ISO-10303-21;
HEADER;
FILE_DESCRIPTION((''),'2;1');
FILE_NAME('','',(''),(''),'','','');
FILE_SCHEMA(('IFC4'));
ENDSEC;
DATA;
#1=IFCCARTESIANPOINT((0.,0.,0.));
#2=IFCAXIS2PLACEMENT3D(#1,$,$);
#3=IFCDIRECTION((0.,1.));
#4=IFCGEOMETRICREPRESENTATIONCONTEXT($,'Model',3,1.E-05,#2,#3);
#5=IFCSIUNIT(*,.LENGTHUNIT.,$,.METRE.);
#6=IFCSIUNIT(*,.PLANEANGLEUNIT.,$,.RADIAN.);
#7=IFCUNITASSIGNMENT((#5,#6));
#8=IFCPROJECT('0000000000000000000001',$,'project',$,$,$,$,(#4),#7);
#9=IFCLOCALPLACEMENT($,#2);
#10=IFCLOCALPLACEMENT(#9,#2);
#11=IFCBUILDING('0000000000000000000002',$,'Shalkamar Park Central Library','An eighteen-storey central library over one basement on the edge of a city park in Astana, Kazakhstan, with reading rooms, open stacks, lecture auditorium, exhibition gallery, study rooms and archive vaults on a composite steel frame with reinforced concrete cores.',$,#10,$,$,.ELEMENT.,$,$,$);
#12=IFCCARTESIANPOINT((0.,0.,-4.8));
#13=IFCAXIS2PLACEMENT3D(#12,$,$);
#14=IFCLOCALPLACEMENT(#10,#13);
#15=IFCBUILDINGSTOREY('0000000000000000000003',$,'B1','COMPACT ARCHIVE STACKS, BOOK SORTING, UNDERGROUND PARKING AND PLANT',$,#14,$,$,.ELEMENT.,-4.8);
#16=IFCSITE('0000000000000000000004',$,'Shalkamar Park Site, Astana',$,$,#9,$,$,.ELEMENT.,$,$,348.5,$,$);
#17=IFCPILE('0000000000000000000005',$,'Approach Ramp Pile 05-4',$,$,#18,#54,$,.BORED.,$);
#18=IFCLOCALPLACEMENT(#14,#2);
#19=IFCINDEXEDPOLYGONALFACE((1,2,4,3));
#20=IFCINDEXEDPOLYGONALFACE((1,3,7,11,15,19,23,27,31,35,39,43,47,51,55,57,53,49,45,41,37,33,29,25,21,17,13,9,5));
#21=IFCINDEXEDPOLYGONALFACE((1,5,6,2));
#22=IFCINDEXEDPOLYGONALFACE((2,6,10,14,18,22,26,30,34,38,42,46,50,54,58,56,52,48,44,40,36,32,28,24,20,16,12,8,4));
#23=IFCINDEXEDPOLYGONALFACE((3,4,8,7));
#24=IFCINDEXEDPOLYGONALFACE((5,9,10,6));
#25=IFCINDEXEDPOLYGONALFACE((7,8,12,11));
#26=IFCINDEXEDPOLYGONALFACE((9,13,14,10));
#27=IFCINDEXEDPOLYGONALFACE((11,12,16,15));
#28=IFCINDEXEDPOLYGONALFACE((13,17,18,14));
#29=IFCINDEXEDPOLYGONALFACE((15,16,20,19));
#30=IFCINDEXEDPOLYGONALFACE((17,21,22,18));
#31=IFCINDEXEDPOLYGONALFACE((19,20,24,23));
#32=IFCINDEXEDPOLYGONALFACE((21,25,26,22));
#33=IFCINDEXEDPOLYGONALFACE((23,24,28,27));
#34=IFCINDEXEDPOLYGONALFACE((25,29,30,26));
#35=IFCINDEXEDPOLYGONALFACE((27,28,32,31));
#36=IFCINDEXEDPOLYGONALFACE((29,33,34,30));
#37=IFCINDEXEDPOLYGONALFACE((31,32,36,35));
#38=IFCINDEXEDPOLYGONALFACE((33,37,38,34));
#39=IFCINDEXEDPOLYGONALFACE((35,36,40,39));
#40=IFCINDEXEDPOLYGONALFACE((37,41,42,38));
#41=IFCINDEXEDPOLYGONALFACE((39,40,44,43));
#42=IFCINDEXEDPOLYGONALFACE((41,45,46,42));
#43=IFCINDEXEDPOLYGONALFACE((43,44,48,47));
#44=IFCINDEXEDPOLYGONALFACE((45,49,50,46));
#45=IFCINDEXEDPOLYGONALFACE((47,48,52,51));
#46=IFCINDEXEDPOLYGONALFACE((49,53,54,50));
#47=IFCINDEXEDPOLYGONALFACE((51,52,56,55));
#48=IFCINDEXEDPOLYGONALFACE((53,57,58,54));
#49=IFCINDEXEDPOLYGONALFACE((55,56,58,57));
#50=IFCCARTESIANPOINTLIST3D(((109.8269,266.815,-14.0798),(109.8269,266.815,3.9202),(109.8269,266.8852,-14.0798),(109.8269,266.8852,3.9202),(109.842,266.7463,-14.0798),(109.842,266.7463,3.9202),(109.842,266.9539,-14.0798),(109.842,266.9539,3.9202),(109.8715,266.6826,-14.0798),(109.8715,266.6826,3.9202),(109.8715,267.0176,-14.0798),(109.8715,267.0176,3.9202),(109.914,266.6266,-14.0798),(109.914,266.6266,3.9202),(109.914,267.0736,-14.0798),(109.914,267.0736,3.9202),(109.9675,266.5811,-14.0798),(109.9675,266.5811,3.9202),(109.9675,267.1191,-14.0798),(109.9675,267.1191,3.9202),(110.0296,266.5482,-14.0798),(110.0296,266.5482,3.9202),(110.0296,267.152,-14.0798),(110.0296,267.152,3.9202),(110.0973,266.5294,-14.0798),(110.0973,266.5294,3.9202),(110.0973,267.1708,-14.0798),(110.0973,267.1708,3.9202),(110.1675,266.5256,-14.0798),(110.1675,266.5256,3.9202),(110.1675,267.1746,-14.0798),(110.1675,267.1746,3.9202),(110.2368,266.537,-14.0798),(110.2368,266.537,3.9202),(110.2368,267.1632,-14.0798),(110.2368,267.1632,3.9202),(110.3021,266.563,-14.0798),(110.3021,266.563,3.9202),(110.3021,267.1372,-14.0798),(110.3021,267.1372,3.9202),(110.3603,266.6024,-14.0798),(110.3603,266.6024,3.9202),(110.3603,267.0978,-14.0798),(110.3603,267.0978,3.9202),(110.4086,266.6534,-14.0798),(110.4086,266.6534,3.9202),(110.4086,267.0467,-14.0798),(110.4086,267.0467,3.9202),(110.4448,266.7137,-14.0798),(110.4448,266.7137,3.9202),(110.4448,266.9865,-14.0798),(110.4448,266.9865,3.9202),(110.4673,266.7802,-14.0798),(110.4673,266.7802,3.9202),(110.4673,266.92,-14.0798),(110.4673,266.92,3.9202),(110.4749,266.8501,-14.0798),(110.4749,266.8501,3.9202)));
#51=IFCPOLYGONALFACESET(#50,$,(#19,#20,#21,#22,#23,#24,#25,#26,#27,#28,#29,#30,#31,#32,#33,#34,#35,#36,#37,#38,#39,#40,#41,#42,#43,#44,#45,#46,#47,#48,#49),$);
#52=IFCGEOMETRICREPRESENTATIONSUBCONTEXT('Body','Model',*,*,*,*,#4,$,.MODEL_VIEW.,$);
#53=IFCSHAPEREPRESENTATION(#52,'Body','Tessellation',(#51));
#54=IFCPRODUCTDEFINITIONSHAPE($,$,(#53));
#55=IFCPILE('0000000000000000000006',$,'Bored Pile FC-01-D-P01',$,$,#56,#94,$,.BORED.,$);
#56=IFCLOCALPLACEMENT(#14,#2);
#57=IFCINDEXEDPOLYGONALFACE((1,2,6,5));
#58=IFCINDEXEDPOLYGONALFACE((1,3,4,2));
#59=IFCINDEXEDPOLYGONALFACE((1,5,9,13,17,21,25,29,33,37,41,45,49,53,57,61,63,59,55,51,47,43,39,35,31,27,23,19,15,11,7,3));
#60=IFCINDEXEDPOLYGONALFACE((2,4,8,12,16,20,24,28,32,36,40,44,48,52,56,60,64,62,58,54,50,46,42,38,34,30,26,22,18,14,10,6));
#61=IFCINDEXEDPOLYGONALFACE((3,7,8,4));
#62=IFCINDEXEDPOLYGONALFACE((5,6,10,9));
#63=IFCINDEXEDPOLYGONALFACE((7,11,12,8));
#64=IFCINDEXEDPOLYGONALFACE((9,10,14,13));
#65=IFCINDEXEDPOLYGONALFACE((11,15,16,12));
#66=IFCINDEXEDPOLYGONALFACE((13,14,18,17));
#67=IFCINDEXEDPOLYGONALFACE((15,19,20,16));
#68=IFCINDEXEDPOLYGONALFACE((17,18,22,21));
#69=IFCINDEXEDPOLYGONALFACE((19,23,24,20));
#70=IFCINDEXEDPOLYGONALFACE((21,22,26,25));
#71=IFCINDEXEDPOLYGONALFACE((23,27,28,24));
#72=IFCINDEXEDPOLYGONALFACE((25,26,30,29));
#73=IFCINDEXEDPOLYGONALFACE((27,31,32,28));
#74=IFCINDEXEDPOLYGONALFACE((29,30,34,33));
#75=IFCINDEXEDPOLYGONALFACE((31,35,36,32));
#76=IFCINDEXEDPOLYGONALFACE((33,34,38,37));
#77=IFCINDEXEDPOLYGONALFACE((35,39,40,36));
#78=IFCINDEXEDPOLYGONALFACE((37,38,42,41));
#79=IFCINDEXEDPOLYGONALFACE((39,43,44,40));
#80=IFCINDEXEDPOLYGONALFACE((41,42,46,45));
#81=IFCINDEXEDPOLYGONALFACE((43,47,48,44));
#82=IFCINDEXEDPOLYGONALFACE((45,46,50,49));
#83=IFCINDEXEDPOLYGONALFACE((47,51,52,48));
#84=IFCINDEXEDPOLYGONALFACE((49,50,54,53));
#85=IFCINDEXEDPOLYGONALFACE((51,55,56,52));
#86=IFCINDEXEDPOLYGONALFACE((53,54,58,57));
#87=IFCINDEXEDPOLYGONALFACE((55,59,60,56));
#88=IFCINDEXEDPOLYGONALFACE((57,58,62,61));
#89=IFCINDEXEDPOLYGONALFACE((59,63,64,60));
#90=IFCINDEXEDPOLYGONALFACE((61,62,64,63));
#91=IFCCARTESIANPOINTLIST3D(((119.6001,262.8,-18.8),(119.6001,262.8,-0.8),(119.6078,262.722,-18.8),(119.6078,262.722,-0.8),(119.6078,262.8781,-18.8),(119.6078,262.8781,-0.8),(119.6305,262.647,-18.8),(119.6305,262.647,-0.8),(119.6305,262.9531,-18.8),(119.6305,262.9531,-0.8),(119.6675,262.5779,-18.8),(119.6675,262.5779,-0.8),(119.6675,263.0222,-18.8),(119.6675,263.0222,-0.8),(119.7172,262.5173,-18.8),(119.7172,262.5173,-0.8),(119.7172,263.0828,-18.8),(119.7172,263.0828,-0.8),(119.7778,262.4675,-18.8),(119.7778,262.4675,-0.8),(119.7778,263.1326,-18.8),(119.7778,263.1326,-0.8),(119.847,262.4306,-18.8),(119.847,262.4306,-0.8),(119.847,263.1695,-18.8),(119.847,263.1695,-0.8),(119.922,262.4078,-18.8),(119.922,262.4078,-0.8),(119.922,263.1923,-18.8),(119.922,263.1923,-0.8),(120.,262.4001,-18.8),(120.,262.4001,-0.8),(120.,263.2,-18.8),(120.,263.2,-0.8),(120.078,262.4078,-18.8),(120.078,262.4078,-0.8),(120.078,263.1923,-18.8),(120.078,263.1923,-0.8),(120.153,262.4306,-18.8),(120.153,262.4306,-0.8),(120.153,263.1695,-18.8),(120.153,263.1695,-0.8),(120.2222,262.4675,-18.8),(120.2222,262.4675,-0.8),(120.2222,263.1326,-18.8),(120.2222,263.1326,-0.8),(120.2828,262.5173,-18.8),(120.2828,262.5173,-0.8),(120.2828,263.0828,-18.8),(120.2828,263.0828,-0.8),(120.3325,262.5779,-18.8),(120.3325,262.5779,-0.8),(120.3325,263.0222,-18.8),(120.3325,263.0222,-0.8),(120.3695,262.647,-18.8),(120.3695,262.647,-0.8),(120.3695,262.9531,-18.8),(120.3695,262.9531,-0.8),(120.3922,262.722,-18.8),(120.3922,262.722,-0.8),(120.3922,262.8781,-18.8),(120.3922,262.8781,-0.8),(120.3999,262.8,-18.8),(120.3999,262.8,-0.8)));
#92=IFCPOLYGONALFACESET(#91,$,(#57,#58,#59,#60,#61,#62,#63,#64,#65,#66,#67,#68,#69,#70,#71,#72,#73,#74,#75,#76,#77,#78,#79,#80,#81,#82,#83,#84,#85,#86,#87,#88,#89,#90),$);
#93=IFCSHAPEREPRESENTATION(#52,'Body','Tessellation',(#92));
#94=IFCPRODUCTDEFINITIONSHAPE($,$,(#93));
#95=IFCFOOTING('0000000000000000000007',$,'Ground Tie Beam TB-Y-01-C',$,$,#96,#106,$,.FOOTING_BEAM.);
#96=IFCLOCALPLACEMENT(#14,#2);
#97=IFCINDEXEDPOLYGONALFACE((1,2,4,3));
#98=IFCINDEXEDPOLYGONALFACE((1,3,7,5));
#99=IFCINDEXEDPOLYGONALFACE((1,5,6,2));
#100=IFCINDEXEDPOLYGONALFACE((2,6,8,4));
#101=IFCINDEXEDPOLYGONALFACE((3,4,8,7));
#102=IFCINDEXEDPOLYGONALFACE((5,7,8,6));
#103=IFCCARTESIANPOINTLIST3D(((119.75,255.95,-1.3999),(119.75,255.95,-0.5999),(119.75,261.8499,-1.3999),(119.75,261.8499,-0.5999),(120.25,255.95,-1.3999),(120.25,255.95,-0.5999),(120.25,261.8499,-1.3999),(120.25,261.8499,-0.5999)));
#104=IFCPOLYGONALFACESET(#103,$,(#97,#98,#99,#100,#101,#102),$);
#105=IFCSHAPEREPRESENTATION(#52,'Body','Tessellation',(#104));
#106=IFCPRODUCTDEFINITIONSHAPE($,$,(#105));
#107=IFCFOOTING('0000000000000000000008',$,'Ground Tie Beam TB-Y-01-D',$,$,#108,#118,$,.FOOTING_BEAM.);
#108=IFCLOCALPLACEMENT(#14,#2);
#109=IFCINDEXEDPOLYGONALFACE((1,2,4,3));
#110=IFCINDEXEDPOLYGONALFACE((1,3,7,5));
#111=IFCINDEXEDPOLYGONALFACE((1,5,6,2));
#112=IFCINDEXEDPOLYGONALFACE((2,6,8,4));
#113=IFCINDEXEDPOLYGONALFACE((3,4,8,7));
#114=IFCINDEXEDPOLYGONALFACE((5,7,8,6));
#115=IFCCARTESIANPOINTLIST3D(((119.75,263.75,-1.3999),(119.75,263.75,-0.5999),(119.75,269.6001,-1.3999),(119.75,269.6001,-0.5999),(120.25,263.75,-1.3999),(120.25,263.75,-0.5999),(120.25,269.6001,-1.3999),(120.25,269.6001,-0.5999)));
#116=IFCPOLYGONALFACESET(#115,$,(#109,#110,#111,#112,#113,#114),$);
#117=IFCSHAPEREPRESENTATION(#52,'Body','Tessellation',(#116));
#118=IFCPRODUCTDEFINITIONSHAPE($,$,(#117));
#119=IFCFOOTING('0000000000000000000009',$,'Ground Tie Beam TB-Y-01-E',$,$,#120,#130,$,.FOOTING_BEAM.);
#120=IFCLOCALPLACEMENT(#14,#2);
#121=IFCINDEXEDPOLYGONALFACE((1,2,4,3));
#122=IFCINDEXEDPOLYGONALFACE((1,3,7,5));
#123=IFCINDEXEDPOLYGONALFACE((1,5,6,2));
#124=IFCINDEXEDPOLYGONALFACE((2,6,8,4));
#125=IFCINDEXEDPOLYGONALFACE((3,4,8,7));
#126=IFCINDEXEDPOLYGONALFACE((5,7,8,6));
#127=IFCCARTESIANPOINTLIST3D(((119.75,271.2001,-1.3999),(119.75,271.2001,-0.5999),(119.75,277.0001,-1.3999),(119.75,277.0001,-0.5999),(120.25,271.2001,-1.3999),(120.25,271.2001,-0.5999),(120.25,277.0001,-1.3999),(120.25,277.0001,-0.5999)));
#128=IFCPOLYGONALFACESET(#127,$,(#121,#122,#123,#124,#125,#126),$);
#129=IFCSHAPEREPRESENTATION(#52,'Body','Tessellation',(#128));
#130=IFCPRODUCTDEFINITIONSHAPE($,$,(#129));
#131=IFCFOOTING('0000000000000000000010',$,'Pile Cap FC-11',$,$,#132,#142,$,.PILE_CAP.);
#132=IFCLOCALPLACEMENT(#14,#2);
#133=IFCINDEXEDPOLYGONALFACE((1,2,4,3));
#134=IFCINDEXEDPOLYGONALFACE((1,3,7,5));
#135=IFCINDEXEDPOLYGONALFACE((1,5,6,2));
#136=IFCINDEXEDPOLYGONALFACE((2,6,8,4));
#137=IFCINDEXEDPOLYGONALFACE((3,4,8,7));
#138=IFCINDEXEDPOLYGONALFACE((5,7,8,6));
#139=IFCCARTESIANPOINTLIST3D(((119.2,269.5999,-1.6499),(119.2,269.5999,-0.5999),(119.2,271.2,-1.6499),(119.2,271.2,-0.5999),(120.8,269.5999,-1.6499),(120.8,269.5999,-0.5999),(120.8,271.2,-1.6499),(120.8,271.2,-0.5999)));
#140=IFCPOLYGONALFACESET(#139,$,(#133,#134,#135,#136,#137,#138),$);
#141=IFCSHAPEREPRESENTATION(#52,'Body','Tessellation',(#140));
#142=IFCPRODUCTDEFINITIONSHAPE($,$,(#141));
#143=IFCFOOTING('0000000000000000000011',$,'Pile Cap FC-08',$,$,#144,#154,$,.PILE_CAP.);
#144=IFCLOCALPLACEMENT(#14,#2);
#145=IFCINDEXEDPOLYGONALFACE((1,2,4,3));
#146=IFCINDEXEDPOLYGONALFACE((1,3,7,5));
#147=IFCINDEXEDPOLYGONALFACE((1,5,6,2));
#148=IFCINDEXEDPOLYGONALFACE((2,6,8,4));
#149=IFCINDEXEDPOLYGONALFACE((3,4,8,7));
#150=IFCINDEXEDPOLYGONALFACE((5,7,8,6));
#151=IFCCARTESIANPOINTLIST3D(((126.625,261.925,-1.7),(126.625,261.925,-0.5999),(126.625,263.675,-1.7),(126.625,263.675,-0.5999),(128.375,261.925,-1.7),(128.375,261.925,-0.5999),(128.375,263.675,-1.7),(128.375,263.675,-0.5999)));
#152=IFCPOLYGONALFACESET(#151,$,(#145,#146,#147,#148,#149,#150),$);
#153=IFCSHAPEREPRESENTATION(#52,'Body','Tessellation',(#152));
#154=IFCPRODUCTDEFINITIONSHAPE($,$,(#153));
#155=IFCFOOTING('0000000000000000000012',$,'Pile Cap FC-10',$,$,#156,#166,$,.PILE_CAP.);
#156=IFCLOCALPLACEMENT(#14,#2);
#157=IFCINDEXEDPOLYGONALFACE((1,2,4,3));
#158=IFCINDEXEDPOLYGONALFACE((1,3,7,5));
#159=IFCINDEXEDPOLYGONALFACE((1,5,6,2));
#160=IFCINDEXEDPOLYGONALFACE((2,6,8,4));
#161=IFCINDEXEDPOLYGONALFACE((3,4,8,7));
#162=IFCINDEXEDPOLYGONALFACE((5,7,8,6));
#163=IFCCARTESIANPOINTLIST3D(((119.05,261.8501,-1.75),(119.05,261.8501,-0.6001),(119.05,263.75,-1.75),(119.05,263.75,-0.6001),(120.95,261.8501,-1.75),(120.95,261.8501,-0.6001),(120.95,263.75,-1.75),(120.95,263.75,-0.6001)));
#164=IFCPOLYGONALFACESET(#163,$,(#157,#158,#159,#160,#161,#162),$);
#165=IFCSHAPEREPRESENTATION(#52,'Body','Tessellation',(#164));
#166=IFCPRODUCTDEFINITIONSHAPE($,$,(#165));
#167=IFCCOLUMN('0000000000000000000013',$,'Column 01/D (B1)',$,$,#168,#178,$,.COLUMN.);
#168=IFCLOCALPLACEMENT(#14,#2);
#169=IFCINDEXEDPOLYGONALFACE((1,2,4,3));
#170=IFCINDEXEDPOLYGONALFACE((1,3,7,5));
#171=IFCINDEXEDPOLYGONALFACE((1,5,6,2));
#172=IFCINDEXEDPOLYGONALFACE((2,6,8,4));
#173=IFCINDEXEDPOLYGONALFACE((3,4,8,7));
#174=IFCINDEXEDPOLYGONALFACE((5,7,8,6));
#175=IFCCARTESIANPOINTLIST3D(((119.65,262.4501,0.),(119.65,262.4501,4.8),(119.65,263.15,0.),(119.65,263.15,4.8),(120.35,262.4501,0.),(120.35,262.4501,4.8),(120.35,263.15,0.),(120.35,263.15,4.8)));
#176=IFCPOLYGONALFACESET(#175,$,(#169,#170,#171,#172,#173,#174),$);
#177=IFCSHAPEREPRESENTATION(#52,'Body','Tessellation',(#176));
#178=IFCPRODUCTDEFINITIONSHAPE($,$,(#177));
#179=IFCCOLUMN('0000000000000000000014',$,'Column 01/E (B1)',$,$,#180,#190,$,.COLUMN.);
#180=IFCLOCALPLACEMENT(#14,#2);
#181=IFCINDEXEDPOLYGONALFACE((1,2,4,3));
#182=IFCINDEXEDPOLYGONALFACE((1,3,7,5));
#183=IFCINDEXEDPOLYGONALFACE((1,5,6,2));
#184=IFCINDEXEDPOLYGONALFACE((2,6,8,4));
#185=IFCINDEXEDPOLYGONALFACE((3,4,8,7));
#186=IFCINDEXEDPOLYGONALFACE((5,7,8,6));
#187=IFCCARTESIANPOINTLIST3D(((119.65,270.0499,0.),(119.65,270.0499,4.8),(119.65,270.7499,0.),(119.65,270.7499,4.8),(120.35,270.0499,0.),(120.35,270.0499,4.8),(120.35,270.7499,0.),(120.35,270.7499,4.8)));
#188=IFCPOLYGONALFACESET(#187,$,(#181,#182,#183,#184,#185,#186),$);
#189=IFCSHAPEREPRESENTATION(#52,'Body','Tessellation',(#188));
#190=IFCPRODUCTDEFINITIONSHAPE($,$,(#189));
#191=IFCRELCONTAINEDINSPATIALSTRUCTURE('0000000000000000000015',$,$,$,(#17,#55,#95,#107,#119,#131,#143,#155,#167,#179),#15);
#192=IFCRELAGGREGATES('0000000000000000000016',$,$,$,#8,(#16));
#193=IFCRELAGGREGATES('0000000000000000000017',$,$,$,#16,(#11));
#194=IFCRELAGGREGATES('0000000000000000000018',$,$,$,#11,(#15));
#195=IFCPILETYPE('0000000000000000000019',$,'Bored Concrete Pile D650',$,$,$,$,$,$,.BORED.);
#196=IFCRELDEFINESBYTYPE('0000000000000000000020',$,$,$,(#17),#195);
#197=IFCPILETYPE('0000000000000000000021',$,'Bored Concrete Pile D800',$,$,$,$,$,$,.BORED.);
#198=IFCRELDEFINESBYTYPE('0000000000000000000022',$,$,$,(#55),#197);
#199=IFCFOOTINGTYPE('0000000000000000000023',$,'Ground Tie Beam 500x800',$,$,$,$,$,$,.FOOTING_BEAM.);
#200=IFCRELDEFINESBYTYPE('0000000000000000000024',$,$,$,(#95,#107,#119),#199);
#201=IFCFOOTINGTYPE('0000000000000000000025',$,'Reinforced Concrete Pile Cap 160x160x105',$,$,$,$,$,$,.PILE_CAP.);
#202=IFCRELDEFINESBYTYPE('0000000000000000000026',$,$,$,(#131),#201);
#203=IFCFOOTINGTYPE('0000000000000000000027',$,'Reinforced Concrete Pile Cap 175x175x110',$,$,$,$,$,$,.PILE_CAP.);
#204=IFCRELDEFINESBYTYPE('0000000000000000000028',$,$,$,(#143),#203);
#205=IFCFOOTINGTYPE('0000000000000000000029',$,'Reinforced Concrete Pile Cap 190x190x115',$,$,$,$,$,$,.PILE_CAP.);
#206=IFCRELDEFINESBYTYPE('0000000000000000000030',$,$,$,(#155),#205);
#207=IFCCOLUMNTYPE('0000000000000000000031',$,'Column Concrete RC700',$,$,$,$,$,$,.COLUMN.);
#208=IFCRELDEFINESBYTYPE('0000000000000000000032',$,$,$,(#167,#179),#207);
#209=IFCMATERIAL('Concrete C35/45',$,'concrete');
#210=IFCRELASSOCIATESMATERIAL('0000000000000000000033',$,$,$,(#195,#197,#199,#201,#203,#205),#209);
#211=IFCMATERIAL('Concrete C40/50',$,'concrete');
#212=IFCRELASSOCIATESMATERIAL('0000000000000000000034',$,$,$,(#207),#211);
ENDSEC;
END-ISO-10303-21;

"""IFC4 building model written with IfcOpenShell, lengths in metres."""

from ifc_helpers import new_model, si_unit, direction, frame, origin, origin_2d, place, context, subcontext, project, spatial, rectangle, circle, extrude, material, material_profile, profile_set, type_object, element, save


model = new_model("IFC4")

# Units and contexts
model_context = context("Model", 3, precision=1e-05, world=origin(), true_north=direction((0.0, 1.0)))
body_context = subcontext(model_context, "Body", "Model", "MODEL_VIEW")
ifc_project = project(units=[si_unit("LENGTHUNIT", "METRE"), si_unit("PLANEANGLEUNIT", "RADIAN")], contexts=[model_context])

# Site, building, storey
site_placement = place(None, origin())
site = spatial("IfcSite", under=ifc_project, at=site_placement, Name="Shalkamar Park Site, Astana", CompositionType="ELEMENT", RefElevation=348.5)
building_placement = place(site_placement, origin())
building = spatial("IfcBuilding", under=site, at=building_placement, Name="Shalkamar Park Central Library", Description="An eighteen-storey central library over one basement on the edge of a city park in Astana, Kazakhstan, with reading rooms, open stacks, lecture auditorium, exhibition gallery, study rooms and archive vaults on a composite steel frame with reinforced concrete cores.", CompositionType="ELEMENT")
storey_placement = place(building_placement, frame((0.0, 0.0, -4.8)))
storey = spatial("IfcBuildingStorey", under=building, at=storey_placement, Name="B1", Description="COMPACT ARCHIVE STACKS, BOOK SORTING, UNDERGROUND PARKING AND PLANT", CompositionType="ELEMENT", Elevation=-4.8)

# Piles
ifc_material_1 = material(Name="Concrete C35/45", Category="concrete")
ifc_material_profile_1 = material_profile(ifc_material_1, circle(Radius=0.325, at=origin_2d()), Name="PILE D650")
ifc_profile_set_1 = profile_set([ifc_material_profile_1], Name="Concrete C35/45")
pile_type_1 = type_object("IfcPileType", Name="Bored Concrete Pile D650", PredefinedType="BORED", material=ifc_profile_set_1)
for number, where, z_axis, x_axis, name in (
    (1, (110.1499, 266.8501, 3.9202), (0.0, 0.0, -1.0), (1.0, 0.0, 0.0), "Approach Ramp Pile 05-4"),
):
    element("IfcPile", number, at=place(storey_placement, frame(where, z_axis=z_axis, x_axis=x_axis)), inside=storey, type_object=pile_type_1, Name=name, PredefinedType="BORED", context=body_context, shape_type="SweptSolid", body=[
        extrude(circle(Radius=0.325, at=origin_2d()), origin(), (0.0, 0.0, 1.0), 18.0),
    ])
ifc_material_profile_2 = material_profile(ifc_material_1, circle(Radius=0.3999, at=origin_2d()), Name="PILE D800")
ifc_profile_set_2 = profile_set([ifc_material_profile_2], Name="Concrete C35/45")
pile_type_2 = type_object("IfcPileType", Name="Bored Concrete Pile D800", PredefinedType="BORED", material=ifc_profile_set_2)
pile_placement = place(storey_placement, frame((120.0, 262.8, -0.8), z_axis=(0.0, 0.0, -1.0), x_axis=(1.0, 0.0, 0.0)))
element("IfcPile", 2, at=pile_placement, inside=storey, type_object=pile_type_2, Name="Bored Pile FC-01-D-P01", PredefinedType="BORED", context=body_context, shape_type="SweptSolid", body=[
    extrude(circle(Radius=0.3999, at=origin_2d()), origin(), (0.0, 0.0, 1.0), 18.0),
])

# Footings
footing_type_1 = type_object("IfcFootingType", Name="Ground Tie Beam 500x800", PredefinedType="FOOTING_BEAM", material=ifc_material_1)
footing_1_placement = place(storey_placement, frame((120.0, 258.8999, -1.3999), z_axis=(0.0, 0.0, 1.0), x_axis=(0.0, 1.0, 0.0)))
element("IfcFooting", 3, at=footing_1_placement, inside=storey, type_object=footing_type_1, Name="Ground Tie Beam TB-Y-01-C", PredefinedType="FOOTING_BEAM", context=body_context, shape_type="SweptSolid", body=[
    extrude(rectangle(XDim=5.8999, YDim=0.5, at=origin_2d()), origin(), (0.0, 0.0, 1.0), 0.8),
])
footing_2_placement = place(storey_placement, frame((120.0, 266.675, -1.3999), z_axis=(0.0, 0.0, 1.0), x_axis=(0.0, 1.0, 0.0)))
element("IfcFooting", 4, at=footing_2_placement, inside=storey, type_object=footing_type_1, Name="Ground Tie Beam TB-Y-01-D", PredefinedType="FOOTING_BEAM", context=body_context, shape_type="SweptSolid", body=[
    extrude(rectangle(XDim=5.8501, YDim=0.5, at=origin_2d()), origin(), (0.0, 0.0, 1.0), 0.8),
])
footing_3_placement = place(storey_placement, frame((120.0, 274.1001, -1.3999), z_axis=(0.0, 0.0, 1.0), x_axis=(0.0, 1.0, 0.0)))
element("IfcFooting", 5, at=footing_3_placement, inside=storey, type_object=footing_type_1, Name="Ground Tie Beam TB-Y-01-E", PredefinedType="FOOTING_BEAM", context=body_context, shape_type="SweptSolid", body=[
    extrude(rectangle(XDim=5.8, YDim=0.5, at=origin_2d()), origin(), (0.0, 0.0, 1.0), 0.8),
])
footing_type_2 = type_object("IfcFootingType", Name="Reinforced Concrete Pile Cap 160x160x105", PredefinedType="PILE_CAP", material=ifc_material_1)
footing_4_placement = place(storey_placement, frame((120.0, 270.3999, -1.6499), z_axis=(0.0, 0.0, 1.0), x_axis=(1.0, 0.0, 0.0)))
element("IfcFooting", 6, at=footing_4_placement, inside=storey, type_object=footing_type_2, Name="Pile Cap FC-11", PredefinedType="PILE_CAP", context=body_context, shape_type="SweptSolid", body=[
    extrude(rectangle(XDim=1.6001, YDim=1.6001, at=origin_2d()), origin(), (0.0, 0.0, 1.0), 1.05),
])
footing_type_3 = type_object("IfcFootingType", Name="Reinforced Concrete Pile Cap 175x175x110", PredefinedType="PILE_CAP", material=ifc_material_1)
footing_5_placement = place(storey_placement, frame((127.5, 262.8, -1.7), z_axis=(0.0, 0.0, 1.0), x_axis=(1.0, 0.0, 0.0)))
element("IfcFooting", 7, at=footing_5_placement, inside=storey, type_object=footing_type_3, Name="Pile Cap FC-08", PredefinedType="PILE_CAP", context=body_context, shape_type="SweptSolid", body=[
    extrude(rectangle(XDim=1.75, YDim=1.75, at=origin_2d()), origin(), (0.0, 0.0, 1.0), 1.1001),
])
footing_type_4 = type_object("IfcFootingType", Name="Reinforced Concrete Pile Cap 190x190x115", PredefinedType="PILE_CAP", material=ifc_material_1)
footing_6_placement = place(storey_placement, frame((120.0, 262.8, -1.75), z_axis=(0.0, 0.0, 1.0), x_axis=(1.0, 0.0, 0.0)))
element("IfcFooting", 8, at=footing_6_placement, inside=storey, type_object=footing_type_4, Name="Pile Cap FC-10", PredefinedType="PILE_CAP", context=body_context, shape_type="SweptSolid", body=[
    extrude(rectangle(XDim=1.8999, YDim=1.8999, at=origin_2d()), origin(), (0.0, 0.0, 1.0), 1.1499),
])

# Columns
ifc_material_2 = material(Name="Concrete C40/50", Category="concrete")
ifc_material_profile_3 = material_profile(ifc_material_2, rectangle(XDim=0.7, YDim=0.7, at=origin_2d()), Name="RC 700x700")
ifc_profile_set_3 = profile_set([ifc_material_profile_3], Name="Concrete C40/50")
column_type = type_object("IfcColumnType", Name="Column Concrete RC700", PredefinedType="COLUMN", material=ifc_profile_set_3)
for number, where, z_axis, x_axis, name in (
    (9, (120.0, 262.8, 0.0), (0.0, 0.0, 1.0), (1.0, 0.0, 0.0), "Column 01/D (B1)"),
    (10, (120.0, 270.3999, 0.0), (0.0, 0.0, 1.0), (1.0, 0.0, 0.0), "Column 01/E (B1)"),
):
    element("IfcColumn", number, at=place(storey_placement, frame(where, z_axis=z_axis, x_axis=x_axis)), inside=storey, type_object=column_type, Name=name, PredefinedType="COLUMN", context=body_context, shape_type="SweptSolid", body=[
        extrude(rectangle(XDim=0.7, YDim=0.7, at=origin_2d()), origin(), (0.0, 0.0, 1.0), 4.8),
    ])

save(model, "model.ifc")
